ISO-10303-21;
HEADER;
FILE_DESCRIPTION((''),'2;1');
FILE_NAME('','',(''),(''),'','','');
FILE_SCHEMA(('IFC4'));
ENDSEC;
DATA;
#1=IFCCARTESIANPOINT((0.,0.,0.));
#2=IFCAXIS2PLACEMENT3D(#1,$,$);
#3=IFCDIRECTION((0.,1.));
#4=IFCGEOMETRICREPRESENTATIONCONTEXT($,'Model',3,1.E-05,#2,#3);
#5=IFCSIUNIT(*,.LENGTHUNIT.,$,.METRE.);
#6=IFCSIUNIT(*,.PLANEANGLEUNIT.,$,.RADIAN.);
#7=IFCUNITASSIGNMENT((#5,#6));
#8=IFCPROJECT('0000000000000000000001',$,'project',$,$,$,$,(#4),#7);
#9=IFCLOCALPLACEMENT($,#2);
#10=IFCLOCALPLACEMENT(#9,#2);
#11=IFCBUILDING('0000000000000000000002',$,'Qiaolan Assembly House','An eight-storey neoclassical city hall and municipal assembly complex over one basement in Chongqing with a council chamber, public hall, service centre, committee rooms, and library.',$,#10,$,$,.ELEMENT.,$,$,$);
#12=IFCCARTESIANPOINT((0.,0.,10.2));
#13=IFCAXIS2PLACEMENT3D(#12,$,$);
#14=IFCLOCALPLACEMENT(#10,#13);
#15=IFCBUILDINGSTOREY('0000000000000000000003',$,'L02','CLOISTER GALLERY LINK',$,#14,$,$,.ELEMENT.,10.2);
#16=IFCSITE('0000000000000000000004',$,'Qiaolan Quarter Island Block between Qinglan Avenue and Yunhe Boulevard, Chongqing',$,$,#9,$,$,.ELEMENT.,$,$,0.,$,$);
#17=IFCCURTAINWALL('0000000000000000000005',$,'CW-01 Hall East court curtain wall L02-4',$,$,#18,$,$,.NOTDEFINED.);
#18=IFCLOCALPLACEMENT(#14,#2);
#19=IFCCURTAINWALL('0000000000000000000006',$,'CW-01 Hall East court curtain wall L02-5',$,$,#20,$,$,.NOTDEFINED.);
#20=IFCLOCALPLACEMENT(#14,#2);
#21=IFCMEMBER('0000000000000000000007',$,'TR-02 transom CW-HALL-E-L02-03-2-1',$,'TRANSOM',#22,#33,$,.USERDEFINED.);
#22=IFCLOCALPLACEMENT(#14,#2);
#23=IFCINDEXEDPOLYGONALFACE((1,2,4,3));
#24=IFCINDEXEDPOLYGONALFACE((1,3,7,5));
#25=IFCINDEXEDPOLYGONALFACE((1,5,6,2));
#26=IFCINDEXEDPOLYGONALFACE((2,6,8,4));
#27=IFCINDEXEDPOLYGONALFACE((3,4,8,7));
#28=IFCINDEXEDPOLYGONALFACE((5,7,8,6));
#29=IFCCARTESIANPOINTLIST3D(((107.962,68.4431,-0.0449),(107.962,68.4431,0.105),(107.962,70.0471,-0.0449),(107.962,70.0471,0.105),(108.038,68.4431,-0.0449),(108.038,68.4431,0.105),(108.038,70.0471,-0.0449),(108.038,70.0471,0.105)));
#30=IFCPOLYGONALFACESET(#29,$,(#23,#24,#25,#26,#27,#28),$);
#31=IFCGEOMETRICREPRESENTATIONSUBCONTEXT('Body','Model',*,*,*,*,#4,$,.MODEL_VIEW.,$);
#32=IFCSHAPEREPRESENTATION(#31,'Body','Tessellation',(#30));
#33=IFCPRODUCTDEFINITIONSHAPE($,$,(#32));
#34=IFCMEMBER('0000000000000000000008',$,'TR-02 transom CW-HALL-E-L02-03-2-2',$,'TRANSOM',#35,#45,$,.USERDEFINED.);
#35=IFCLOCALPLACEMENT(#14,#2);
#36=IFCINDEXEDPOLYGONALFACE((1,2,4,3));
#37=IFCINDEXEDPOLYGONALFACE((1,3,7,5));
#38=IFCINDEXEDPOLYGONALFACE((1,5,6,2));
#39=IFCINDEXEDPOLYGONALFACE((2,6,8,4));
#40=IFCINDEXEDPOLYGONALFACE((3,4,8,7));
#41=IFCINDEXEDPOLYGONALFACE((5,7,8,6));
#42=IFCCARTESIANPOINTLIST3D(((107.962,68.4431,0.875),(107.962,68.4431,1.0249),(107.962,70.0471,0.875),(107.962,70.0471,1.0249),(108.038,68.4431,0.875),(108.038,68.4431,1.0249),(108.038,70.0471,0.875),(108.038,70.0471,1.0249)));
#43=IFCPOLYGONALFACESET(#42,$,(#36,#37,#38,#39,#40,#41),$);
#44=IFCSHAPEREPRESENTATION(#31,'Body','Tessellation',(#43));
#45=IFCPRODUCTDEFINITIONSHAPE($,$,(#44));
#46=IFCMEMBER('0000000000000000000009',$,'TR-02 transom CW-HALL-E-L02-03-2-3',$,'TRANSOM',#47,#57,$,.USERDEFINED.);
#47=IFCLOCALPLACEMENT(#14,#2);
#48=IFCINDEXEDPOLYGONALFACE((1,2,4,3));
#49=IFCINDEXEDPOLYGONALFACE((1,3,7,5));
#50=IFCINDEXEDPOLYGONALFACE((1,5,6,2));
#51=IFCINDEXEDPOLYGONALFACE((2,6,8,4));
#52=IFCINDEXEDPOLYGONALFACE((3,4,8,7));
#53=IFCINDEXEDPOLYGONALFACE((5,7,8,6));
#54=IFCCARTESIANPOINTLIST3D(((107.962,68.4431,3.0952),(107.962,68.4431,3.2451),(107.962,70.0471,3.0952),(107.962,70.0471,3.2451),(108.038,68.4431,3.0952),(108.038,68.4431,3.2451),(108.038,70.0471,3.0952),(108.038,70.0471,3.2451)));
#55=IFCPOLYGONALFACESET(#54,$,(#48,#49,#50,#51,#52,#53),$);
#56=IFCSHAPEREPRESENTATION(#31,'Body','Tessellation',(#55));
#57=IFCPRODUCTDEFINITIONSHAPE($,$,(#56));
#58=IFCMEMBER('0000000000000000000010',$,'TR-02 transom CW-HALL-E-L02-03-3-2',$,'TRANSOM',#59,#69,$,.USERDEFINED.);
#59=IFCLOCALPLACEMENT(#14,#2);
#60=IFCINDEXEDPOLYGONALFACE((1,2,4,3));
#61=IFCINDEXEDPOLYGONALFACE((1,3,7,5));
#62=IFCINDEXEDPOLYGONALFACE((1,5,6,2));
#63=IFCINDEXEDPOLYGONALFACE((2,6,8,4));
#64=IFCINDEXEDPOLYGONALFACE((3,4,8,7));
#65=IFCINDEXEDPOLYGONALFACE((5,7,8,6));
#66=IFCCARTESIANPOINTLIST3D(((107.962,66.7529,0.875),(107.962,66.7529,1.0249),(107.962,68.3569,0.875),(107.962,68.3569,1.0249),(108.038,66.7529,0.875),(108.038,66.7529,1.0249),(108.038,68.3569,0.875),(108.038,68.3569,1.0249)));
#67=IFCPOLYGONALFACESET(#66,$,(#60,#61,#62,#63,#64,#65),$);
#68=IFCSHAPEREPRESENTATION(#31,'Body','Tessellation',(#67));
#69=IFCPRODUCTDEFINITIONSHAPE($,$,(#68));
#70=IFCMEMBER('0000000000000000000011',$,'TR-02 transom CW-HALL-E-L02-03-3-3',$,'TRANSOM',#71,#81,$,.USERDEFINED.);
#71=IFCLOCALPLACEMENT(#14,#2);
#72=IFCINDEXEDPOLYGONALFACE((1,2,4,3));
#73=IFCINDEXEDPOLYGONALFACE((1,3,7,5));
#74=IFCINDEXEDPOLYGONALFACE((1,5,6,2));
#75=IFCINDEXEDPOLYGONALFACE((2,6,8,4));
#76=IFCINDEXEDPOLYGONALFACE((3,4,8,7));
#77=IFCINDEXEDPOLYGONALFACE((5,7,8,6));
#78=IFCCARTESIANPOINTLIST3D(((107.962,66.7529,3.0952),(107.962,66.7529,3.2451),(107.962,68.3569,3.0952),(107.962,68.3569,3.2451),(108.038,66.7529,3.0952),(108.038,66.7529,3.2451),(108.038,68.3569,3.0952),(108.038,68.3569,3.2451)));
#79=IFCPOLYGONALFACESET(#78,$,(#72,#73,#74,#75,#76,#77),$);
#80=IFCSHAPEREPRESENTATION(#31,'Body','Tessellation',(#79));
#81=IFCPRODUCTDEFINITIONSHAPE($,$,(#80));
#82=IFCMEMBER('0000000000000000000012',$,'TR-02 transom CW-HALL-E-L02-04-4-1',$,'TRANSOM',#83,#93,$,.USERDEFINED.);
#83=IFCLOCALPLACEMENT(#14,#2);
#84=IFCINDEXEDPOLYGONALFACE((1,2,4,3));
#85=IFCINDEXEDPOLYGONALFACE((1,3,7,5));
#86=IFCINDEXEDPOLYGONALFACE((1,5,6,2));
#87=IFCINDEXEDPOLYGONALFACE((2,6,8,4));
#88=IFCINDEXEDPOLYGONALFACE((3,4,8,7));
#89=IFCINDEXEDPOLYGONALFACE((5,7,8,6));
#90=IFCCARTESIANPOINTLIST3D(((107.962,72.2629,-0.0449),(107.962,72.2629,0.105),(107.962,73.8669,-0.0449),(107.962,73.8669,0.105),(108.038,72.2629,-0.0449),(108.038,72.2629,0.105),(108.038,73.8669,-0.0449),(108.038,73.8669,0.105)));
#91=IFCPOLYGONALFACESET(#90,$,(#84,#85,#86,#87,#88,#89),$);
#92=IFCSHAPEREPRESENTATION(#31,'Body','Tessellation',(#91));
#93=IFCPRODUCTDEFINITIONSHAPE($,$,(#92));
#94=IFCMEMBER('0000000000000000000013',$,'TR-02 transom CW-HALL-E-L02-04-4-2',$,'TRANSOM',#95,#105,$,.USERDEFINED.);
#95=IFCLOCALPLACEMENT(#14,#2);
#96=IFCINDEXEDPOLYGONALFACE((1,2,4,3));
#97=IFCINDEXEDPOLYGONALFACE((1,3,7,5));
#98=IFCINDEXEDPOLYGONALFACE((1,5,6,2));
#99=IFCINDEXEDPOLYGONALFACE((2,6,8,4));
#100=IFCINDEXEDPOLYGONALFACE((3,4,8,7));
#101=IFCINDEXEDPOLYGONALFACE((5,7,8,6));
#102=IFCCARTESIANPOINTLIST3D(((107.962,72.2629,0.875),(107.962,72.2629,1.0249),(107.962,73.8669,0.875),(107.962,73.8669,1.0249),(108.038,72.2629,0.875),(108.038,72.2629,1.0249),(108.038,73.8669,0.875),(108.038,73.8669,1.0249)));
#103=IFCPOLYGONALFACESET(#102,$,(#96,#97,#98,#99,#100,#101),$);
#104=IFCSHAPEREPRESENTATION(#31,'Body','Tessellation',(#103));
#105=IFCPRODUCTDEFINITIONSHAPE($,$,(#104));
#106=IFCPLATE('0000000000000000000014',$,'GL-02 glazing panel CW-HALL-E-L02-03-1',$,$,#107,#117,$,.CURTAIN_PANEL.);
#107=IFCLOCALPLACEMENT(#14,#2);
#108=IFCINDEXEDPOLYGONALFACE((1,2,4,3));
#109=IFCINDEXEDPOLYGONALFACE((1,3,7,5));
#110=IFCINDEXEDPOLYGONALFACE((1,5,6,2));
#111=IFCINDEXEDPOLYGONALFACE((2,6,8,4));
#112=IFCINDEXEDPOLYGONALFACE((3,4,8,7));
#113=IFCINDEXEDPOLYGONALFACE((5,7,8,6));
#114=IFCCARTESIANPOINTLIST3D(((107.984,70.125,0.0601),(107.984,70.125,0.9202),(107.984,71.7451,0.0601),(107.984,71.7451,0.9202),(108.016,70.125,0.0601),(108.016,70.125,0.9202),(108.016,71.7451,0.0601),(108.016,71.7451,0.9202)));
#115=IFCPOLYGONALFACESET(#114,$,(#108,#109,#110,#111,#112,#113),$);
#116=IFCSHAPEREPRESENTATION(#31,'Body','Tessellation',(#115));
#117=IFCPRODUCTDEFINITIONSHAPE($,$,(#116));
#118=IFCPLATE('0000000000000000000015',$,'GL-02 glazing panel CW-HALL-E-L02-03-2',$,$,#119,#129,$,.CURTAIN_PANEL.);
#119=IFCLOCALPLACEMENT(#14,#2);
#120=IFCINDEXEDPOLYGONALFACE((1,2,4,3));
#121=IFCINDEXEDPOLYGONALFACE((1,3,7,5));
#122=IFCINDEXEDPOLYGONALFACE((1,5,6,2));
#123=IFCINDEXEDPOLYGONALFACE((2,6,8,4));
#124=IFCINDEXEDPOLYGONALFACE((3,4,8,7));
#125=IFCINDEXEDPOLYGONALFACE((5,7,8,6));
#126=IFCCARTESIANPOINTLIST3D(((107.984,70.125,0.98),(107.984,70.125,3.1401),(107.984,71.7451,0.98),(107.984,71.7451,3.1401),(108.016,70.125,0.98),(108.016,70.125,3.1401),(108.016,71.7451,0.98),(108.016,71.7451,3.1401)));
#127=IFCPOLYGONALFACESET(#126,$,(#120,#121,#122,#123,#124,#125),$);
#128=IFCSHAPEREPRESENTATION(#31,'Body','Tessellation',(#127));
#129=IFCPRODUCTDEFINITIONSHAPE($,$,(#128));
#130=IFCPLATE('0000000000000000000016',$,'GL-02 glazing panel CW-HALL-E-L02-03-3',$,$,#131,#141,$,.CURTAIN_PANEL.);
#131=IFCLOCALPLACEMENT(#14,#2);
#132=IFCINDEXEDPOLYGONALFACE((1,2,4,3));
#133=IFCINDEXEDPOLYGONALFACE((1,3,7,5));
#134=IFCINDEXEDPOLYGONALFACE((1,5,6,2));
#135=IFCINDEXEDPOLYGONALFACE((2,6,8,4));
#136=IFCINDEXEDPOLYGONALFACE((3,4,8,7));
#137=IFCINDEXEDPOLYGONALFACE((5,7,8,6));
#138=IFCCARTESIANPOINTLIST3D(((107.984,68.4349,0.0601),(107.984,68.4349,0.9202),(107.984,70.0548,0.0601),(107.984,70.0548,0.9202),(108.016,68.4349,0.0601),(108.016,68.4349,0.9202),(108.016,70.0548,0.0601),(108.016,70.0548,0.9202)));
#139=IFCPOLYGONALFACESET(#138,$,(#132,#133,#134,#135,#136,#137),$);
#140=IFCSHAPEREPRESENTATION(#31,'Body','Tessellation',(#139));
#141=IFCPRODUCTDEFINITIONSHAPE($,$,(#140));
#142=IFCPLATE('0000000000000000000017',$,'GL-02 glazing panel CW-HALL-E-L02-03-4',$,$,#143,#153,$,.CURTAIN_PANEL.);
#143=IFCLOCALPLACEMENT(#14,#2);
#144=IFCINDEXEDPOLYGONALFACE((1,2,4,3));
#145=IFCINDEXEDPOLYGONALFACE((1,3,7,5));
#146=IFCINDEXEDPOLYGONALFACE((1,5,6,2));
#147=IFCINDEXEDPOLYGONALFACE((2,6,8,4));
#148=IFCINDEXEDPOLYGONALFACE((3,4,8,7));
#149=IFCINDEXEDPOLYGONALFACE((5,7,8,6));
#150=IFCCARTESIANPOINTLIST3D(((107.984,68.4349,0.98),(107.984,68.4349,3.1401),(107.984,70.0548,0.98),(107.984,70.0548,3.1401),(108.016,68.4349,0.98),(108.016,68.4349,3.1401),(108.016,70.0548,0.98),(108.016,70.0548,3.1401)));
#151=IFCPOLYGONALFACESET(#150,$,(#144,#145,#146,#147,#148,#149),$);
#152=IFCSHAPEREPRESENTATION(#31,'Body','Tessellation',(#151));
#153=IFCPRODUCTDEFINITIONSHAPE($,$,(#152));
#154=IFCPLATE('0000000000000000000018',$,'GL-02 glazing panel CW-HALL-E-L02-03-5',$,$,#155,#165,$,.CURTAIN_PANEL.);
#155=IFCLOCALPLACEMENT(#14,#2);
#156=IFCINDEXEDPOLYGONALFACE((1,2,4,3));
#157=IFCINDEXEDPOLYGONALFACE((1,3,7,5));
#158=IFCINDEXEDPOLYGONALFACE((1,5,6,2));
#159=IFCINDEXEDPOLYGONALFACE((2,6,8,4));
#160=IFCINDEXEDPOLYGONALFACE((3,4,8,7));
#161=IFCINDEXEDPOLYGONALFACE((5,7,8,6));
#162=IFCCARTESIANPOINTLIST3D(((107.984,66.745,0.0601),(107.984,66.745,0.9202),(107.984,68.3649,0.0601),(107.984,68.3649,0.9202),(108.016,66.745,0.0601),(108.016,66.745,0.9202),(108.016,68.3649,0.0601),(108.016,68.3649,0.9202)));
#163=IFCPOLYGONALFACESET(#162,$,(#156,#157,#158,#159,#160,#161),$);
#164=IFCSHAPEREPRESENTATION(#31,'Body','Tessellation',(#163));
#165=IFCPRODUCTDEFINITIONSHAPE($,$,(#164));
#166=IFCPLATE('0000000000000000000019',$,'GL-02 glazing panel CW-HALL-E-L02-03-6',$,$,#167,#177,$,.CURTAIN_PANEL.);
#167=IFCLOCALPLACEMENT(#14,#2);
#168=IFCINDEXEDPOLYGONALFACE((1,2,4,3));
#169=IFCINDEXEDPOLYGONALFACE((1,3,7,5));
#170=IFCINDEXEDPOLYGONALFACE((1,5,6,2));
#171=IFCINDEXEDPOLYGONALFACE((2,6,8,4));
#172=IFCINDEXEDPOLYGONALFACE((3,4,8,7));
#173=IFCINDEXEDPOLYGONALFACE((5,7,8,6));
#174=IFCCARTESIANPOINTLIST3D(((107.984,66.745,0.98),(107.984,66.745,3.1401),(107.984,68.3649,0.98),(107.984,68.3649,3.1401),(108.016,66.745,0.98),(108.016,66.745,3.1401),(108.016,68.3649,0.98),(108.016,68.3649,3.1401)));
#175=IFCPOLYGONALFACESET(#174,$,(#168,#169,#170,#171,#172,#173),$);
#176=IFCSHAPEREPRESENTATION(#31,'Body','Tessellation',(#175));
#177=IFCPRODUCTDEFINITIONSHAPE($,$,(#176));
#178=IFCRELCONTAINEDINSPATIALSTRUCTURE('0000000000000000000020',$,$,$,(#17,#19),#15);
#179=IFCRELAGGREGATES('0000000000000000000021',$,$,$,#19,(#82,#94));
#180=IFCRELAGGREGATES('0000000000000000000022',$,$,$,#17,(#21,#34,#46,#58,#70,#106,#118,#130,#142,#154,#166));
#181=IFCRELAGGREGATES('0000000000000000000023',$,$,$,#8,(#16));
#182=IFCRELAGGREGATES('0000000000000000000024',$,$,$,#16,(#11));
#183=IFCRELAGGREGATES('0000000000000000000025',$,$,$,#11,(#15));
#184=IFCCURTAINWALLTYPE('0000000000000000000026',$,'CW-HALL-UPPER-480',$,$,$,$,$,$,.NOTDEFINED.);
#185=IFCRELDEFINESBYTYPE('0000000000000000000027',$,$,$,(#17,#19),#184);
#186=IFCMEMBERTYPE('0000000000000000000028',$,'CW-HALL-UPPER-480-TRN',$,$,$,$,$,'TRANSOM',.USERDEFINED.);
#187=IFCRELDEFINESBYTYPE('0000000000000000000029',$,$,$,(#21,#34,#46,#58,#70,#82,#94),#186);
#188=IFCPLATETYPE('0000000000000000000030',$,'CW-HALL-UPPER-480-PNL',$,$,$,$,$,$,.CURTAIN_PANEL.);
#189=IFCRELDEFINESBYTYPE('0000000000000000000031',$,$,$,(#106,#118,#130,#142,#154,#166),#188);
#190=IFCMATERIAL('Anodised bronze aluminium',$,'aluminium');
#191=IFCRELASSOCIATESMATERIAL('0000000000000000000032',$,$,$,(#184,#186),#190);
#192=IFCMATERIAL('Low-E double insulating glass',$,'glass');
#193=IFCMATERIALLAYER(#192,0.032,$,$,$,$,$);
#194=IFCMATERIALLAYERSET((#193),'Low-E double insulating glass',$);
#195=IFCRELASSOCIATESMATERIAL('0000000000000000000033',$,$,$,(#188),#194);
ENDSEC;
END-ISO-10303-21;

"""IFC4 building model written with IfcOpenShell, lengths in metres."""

from ifc_helpers import new_model, si_unit, direction, frame, frame_2d, origin, origin_2d, place, context, subcontext, project, spatial, rectangle, extrude, material, layer, layer_set, material_profile, profile_set, type_object, element, aggregate, save


model = new_model("IFC4")

# Units and contexts
model_context = context("Model", 3, precision=1e-05, world=origin(), true_north=direction((0.0, 1.0)))
body_context = subcontext(model_context, "Body", "Model", "MODEL_VIEW")
ifc_project = project(units=[si_unit("LENGTHUNIT", "METRE"), si_unit("PLANEANGLEUNIT", "RADIAN")], contexts=[model_context])

# Site, building, storey
site_placement = place(None, origin())
site = spatial("IfcSite", under=ifc_project, at=site_placement, Name="Qiaolan Quarter Island Block between Qinglan Avenue and Yunhe Boulevard, Chongqing", CompositionType="ELEMENT", RefElevation=0.0)
building_placement = place(site_placement, origin())
building = spatial("IfcBuilding", under=site, at=building_placement, Name="Qiaolan Assembly House", Description="An eight-storey neoclassical city hall and municipal assembly complex over one basement in Chongqing with a council chamber, public hall, service centre, committee rooms, and library.", CompositionType="ELEMENT")
storey_placement = place(building_placement, frame((0.0, 0.0, 10.2)))
storey = spatial("IfcBuildingStorey", under=building, at=storey_placement, Name="L02", Description="CLOISTER GALLERY LINK", CompositionType="ELEMENT", Elevation=10.2)

# Curtain wall
ifc_material_1 = material(Name="Anodised bronze aluminium", Category="aluminium")
curtain_wall_type = type_object("IfcCurtainWallType", Name="CW-HALL-UPPER-480", PredefinedType="NOTDEFINED", material=ifc_material_1)
curtain_wall_1_placement = place(storey_placement, origin())
curtain_wall_1 = element("IfcCurtainWall", 1, at=curtain_wall_1_placement, inside=storey, type_object=curtain_wall_type, Name="CW-01 Hall East court curtain wall L02-4", PredefinedType="NOTDEFINED")

# Curtain wall
curtain_wall_2_placement = place(storey_placement, origin())
curtain_wall_2 = element("IfcCurtainWall", 2, at=curtain_wall_2_placement, inside=storey, type_object=curtain_wall_type, Name="CW-01 Hall East court curtain wall L02-5", PredefinedType="NOTDEFINED")

# Members
ifc_material_profile_1 = material_profile(ifc_material_1, rectangle(XDim=0.0759, YDim=0.1499, at=origin_2d()), Name="TRN 76x150")
ifc_profile_set_1 = profile_set([ifc_material_profile_1], Name="Anodised bronze aluminium")
member_type_1 = type_object("IfcMemberType", Name="CW-HALL-UPPER-480-TRN", ElementType="TRANSOM", PredefinedType="USERDEFINED", material=ifc_profile_set_1)
member_1_placement = place(storey_placement, frame((108.0, 70.0471, 0.03), z_axis=(0.0, -1.0, 0.0), x_axis=(1.0, 0.0, 0.0)))
member_1 = element("IfcMember", 3, at=member_1_placement, type_object=member_type_1, Name="TR-02 transom CW-HALL-E-L02-03-2-1", ObjectType="TRANSOM", PredefinedType="USERDEFINED", context=body_context, shape_type="SweptSolid", body=[
    extrude(rectangle(XDim=0.0759, YDim=0.1499, at=origin_2d()), origin(), (0.0, 0.0, 1.0), 1.604),
])
member_2_placement = place(storey_placement, frame((108.0, 70.0471, 0.95), z_axis=(0.0, -1.0, 0.0), x_axis=(1.0, 0.0, 0.0)))
member_2 = element("IfcMember", 4, at=member_2_placement, type_object=member_type_1, Name="TR-02 transom CW-HALL-E-L02-03-2-2", ObjectType="TRANSOM", PredefinedType="USERDEFINED", context=body_context, shape_type="SweptSolid", body=[
    extrude(rectangle(XDim=0.0759, YDim=0.1499, at=origin_2d()), origin(), (0.0, 0.0, 1.0), 1.604),
])
member_3_placement = place(storey_placement, frame((108.0, 70.0471, 3.1702), z_axis=(0.0, -1.0, 0.0), x_axis=(1.0, 0.0, 0.0)))
member_3 = element("IfcMember", 5, at=member_3_placement, type_object=member_type_1, Name="TR-02 transom CW-HALL-E-L02-03-2-3", ObjectType="TRANSOM", PredefinedType="USERDEFINED", context=body_context, shape_type="SweptSolid", body=[
    extrude(rectangle(XDim=0.0759, YDim=0.1499, at=origin_2d()), origin(), (0.0, 0.0, 1.0), 1.604),
])
member_4_placement = place(storey_placement, frame((108.0, 68.3569, 0.95), z_axis=(0.0, -1.0, 0.0), x_axis=(1.0, 0.0, 0.0)))
member_4 = element("IfcMember", 6, at=member_4_placement, type_object=member_type_1, Name="TR-02 transom CW-HALL-E-L02-03-3-2", ObjectType="TRANSOM", PredefinedType="USERDEFINED", context=body_context, shape_type="SweptSolid", body=[
    extrude(rectangle(XDim=0.0759, YDim=0.1499, at=origin_2d()), origin(), (0.0, 0.0, 1.0), 1.604),
])
member_5_placement = place(storey_placement, frame((108.0, 68.3569, 3.1702), z_axis=(0.0, -1.0, 0.0), x_axis=(1.0, 0.0, 0.0)))
member_5 = element("IfcMember", 7, at=member_5_placement, type_object=member_type_1, Name="TR-02 transom CW-HALL-E-L02-03-3-3", ObjectType="TRANSOM", PredefinedType="USERDEFINED", context=body_context, shape_type="SweptSolid", body=[
    extrude(rectangle(XDim=0.0759, YDim=0.1499, at=origin_2d()), origin(), (0.0, 0.0, 1.0), 1.604),
])
member_6_placement = place(storey_placement, frame((108.0, 73.8669, 0.03), z_axis=(0.0, -1.0, 0.0), x_axis=(1.0, 0.0, 0.0)))
member_6 = element("IfcMember", 8, at=member_6_placement, type_object=member_type_1, Name="TR-02 transom CW-HALL-E-L02-04-4-1", ObjectType="TRANSOM", PredefinedType="USERDEFINED", context=body_context, shape_type="SweptSolid", body=[
    extrude(rectangle(XDim=0.0759, YDim=0.1499, at=origin_2d()), origin(), (0.0, 0.0, 1.0), 1.604),
])
member_7_placement = place(storey_placement, frame((108.0, 73.8669, 0.95), z_axis=(0.0, -1.0, 0.0), x_axis=(1.0, 0.0, 0.0)))
member_7 = element("IfcMember", 9, at=member_7_placement, type_object=member_type_1, Name="TR-02 transom CW-HALL-E-L02-04-4-2", ObjectType="TRANSOM", PredefinedType="USERDEFINED", context=body_context, shape_type="SweptSolid", body=[
    extrude(rectangle(XDim=0.0759, YDim=0.1499, at=origin_2d()), origin(), (0.0, 0.0, 1.0), 1.604),
])
aggregate(curtain_wall_2, [member_6, member_7])

# Plates
ifc_material_2 = material(Name="Low-E double insulating glass", Category="glass")
ifc_layer = layer(ifc_material_2, 0.032)
ifc_layer_set = layer_set([ifc_layer], Name="Low-E double insulating glass")
plate_type = type_object("IfcPlateType", Name="CW-HALL-UPPER-480-PNL", PredefinedType="CURTAIN_PANEL", material=ifc_layer_set)
plate_1_placement = place(storey_placement, frame((108.0, 71.7451, 0.0601), z_axis=(0.0, 0.0, 1.0), x_axis=(0.0, -1.0, 0.0)))
plate_1 = element("IfcPlate", 10, at=plate_1_placement, type_object=plate_type, Name="GL-02 glazing panel CW-HALL-E-L02-03-1", PredefinedType="CURTAIN_PANEL", context=body_context, shape_type="SweptSolid", body=[
    extrude(rectangle(XDim=1.6201, YDim=0.032, at=frame_2d((0.8101, 0.0))), origin(), (0.0, 0.0, 1.0), 0.8601),
])
plate_2_placement = place(storey_placement, frame((108.0, 71.7451, 0.98), z_axis=(0.0, 0.0, 1.0), x_axis=(0.0, -1.0, 0.0)))
plate_2 = element("IfcPlate", 11, at=plate_2_placement, type_object=plate_type, Name="GL-02 glazing panel CW-HALL-E-L02-03-2", PredefinedType="CURTAIN_PANEL", context=body_context, shape_type="SweptSolid", body=[
    extrude(rectangle(XDim=1.6201, YDim=0.032, at=frame_2d((0.8101, 0.0))), origin(), (0.0, 0.0, 1.0), 2.1602),
])
plate_3_placement = place(storey_placement, frame((108.0, 70.0549, 0.0601), z_axis=(0.0, 0.0, 1.0), x_axis=(0.0, -1.0, 0.0)))
plate_3 = element("IfcPlate", 12, at=plate_3_placement, type_object=plate_type, Name="GL-02 glazing panel CW-HALL-E-L02-03-3", PredefinedType="CURTAIN_PANEL", context=body_context, shape_type="SweptSolid", body=[
    extrude(rectangle(XDim=1.6199, YDim=0.032, at=frame_2d((0.8101, 0.0))), origin(), (0.0, 0.0, 1.0), 0.8601),
])
plate_4_placement = place(storey_placement, frame((108.0, 70.0549, 0.98), z_axis=(0.0, 0.0, 1.0), x_axis=(0.0, -1.0, 0.0)))
plate_4 = element("IfcPlate", 13, at=plate_4_placement, type_object=plate_type, Name="GL-02 glazing panel CW-HALL-E-L02-03-4", PredefinedType="CURTAIN_PANEL", context=body_context, shape_type="SweptSolid", body=[
    extrude(rectangle(XDim=1.6199, YDim=0.032, at=frame_2d((0.8101, 0.0))), origin(), (0.0, 0.0, 1.0), 2.1602),
])
plate_5_placement = place(storey_placement, frame((108.0, 68.365, 0.0601), z_axis=(0.0, 0.0, 1.0), x_axis=(0.0, -1.0, 0.0)))
plate_5 = element("IfcPlate", 14, at=plate_5_placement, type_object=plate_type, Name="GL-02 glazing panel CW-HALL-E-L02-03-5", PredefinedType="CURTAIN_PANEL", context=body_context, shape_type="SweptSolid", body=[
    extrude(rectangle(XDim=1.6199, YDim=0.032, at=frame_2d((0.8101, 0.0))), origin(), (0.0, 0.0, 1.0), 0.8601),
])
plate_6_placement = place(storey_placement, frame((108.0, 68.365, 0.98), z_axis=(0.0, 0.0, 1.0), x_axis=(0.0, -1.0, 0.0)))
plate_6 = element("IfcPlate", 15, at=plate_6_placement, type_object=plate_type, Name="GL-02 glazing panel CW-HALL-E-L02-03-6", PredefinedType="CURTAIN_PANEL", context=body_context, shape_type="SweptSolid", body=[
    extrude(rectangle(XDim=1.6199, YDim=0.032, at=frame_2d((0.8101, 0.0))), origin(), (0.0, 0.0, 1.0), 2.1602),
])
aggregate(curtain_wall_1, [member_1, member_2, member_3, member_4, member_5, plate_1, plate_2, plate_3, plate_4, plate_5, plate_6])

save(model, "model.ifc")
